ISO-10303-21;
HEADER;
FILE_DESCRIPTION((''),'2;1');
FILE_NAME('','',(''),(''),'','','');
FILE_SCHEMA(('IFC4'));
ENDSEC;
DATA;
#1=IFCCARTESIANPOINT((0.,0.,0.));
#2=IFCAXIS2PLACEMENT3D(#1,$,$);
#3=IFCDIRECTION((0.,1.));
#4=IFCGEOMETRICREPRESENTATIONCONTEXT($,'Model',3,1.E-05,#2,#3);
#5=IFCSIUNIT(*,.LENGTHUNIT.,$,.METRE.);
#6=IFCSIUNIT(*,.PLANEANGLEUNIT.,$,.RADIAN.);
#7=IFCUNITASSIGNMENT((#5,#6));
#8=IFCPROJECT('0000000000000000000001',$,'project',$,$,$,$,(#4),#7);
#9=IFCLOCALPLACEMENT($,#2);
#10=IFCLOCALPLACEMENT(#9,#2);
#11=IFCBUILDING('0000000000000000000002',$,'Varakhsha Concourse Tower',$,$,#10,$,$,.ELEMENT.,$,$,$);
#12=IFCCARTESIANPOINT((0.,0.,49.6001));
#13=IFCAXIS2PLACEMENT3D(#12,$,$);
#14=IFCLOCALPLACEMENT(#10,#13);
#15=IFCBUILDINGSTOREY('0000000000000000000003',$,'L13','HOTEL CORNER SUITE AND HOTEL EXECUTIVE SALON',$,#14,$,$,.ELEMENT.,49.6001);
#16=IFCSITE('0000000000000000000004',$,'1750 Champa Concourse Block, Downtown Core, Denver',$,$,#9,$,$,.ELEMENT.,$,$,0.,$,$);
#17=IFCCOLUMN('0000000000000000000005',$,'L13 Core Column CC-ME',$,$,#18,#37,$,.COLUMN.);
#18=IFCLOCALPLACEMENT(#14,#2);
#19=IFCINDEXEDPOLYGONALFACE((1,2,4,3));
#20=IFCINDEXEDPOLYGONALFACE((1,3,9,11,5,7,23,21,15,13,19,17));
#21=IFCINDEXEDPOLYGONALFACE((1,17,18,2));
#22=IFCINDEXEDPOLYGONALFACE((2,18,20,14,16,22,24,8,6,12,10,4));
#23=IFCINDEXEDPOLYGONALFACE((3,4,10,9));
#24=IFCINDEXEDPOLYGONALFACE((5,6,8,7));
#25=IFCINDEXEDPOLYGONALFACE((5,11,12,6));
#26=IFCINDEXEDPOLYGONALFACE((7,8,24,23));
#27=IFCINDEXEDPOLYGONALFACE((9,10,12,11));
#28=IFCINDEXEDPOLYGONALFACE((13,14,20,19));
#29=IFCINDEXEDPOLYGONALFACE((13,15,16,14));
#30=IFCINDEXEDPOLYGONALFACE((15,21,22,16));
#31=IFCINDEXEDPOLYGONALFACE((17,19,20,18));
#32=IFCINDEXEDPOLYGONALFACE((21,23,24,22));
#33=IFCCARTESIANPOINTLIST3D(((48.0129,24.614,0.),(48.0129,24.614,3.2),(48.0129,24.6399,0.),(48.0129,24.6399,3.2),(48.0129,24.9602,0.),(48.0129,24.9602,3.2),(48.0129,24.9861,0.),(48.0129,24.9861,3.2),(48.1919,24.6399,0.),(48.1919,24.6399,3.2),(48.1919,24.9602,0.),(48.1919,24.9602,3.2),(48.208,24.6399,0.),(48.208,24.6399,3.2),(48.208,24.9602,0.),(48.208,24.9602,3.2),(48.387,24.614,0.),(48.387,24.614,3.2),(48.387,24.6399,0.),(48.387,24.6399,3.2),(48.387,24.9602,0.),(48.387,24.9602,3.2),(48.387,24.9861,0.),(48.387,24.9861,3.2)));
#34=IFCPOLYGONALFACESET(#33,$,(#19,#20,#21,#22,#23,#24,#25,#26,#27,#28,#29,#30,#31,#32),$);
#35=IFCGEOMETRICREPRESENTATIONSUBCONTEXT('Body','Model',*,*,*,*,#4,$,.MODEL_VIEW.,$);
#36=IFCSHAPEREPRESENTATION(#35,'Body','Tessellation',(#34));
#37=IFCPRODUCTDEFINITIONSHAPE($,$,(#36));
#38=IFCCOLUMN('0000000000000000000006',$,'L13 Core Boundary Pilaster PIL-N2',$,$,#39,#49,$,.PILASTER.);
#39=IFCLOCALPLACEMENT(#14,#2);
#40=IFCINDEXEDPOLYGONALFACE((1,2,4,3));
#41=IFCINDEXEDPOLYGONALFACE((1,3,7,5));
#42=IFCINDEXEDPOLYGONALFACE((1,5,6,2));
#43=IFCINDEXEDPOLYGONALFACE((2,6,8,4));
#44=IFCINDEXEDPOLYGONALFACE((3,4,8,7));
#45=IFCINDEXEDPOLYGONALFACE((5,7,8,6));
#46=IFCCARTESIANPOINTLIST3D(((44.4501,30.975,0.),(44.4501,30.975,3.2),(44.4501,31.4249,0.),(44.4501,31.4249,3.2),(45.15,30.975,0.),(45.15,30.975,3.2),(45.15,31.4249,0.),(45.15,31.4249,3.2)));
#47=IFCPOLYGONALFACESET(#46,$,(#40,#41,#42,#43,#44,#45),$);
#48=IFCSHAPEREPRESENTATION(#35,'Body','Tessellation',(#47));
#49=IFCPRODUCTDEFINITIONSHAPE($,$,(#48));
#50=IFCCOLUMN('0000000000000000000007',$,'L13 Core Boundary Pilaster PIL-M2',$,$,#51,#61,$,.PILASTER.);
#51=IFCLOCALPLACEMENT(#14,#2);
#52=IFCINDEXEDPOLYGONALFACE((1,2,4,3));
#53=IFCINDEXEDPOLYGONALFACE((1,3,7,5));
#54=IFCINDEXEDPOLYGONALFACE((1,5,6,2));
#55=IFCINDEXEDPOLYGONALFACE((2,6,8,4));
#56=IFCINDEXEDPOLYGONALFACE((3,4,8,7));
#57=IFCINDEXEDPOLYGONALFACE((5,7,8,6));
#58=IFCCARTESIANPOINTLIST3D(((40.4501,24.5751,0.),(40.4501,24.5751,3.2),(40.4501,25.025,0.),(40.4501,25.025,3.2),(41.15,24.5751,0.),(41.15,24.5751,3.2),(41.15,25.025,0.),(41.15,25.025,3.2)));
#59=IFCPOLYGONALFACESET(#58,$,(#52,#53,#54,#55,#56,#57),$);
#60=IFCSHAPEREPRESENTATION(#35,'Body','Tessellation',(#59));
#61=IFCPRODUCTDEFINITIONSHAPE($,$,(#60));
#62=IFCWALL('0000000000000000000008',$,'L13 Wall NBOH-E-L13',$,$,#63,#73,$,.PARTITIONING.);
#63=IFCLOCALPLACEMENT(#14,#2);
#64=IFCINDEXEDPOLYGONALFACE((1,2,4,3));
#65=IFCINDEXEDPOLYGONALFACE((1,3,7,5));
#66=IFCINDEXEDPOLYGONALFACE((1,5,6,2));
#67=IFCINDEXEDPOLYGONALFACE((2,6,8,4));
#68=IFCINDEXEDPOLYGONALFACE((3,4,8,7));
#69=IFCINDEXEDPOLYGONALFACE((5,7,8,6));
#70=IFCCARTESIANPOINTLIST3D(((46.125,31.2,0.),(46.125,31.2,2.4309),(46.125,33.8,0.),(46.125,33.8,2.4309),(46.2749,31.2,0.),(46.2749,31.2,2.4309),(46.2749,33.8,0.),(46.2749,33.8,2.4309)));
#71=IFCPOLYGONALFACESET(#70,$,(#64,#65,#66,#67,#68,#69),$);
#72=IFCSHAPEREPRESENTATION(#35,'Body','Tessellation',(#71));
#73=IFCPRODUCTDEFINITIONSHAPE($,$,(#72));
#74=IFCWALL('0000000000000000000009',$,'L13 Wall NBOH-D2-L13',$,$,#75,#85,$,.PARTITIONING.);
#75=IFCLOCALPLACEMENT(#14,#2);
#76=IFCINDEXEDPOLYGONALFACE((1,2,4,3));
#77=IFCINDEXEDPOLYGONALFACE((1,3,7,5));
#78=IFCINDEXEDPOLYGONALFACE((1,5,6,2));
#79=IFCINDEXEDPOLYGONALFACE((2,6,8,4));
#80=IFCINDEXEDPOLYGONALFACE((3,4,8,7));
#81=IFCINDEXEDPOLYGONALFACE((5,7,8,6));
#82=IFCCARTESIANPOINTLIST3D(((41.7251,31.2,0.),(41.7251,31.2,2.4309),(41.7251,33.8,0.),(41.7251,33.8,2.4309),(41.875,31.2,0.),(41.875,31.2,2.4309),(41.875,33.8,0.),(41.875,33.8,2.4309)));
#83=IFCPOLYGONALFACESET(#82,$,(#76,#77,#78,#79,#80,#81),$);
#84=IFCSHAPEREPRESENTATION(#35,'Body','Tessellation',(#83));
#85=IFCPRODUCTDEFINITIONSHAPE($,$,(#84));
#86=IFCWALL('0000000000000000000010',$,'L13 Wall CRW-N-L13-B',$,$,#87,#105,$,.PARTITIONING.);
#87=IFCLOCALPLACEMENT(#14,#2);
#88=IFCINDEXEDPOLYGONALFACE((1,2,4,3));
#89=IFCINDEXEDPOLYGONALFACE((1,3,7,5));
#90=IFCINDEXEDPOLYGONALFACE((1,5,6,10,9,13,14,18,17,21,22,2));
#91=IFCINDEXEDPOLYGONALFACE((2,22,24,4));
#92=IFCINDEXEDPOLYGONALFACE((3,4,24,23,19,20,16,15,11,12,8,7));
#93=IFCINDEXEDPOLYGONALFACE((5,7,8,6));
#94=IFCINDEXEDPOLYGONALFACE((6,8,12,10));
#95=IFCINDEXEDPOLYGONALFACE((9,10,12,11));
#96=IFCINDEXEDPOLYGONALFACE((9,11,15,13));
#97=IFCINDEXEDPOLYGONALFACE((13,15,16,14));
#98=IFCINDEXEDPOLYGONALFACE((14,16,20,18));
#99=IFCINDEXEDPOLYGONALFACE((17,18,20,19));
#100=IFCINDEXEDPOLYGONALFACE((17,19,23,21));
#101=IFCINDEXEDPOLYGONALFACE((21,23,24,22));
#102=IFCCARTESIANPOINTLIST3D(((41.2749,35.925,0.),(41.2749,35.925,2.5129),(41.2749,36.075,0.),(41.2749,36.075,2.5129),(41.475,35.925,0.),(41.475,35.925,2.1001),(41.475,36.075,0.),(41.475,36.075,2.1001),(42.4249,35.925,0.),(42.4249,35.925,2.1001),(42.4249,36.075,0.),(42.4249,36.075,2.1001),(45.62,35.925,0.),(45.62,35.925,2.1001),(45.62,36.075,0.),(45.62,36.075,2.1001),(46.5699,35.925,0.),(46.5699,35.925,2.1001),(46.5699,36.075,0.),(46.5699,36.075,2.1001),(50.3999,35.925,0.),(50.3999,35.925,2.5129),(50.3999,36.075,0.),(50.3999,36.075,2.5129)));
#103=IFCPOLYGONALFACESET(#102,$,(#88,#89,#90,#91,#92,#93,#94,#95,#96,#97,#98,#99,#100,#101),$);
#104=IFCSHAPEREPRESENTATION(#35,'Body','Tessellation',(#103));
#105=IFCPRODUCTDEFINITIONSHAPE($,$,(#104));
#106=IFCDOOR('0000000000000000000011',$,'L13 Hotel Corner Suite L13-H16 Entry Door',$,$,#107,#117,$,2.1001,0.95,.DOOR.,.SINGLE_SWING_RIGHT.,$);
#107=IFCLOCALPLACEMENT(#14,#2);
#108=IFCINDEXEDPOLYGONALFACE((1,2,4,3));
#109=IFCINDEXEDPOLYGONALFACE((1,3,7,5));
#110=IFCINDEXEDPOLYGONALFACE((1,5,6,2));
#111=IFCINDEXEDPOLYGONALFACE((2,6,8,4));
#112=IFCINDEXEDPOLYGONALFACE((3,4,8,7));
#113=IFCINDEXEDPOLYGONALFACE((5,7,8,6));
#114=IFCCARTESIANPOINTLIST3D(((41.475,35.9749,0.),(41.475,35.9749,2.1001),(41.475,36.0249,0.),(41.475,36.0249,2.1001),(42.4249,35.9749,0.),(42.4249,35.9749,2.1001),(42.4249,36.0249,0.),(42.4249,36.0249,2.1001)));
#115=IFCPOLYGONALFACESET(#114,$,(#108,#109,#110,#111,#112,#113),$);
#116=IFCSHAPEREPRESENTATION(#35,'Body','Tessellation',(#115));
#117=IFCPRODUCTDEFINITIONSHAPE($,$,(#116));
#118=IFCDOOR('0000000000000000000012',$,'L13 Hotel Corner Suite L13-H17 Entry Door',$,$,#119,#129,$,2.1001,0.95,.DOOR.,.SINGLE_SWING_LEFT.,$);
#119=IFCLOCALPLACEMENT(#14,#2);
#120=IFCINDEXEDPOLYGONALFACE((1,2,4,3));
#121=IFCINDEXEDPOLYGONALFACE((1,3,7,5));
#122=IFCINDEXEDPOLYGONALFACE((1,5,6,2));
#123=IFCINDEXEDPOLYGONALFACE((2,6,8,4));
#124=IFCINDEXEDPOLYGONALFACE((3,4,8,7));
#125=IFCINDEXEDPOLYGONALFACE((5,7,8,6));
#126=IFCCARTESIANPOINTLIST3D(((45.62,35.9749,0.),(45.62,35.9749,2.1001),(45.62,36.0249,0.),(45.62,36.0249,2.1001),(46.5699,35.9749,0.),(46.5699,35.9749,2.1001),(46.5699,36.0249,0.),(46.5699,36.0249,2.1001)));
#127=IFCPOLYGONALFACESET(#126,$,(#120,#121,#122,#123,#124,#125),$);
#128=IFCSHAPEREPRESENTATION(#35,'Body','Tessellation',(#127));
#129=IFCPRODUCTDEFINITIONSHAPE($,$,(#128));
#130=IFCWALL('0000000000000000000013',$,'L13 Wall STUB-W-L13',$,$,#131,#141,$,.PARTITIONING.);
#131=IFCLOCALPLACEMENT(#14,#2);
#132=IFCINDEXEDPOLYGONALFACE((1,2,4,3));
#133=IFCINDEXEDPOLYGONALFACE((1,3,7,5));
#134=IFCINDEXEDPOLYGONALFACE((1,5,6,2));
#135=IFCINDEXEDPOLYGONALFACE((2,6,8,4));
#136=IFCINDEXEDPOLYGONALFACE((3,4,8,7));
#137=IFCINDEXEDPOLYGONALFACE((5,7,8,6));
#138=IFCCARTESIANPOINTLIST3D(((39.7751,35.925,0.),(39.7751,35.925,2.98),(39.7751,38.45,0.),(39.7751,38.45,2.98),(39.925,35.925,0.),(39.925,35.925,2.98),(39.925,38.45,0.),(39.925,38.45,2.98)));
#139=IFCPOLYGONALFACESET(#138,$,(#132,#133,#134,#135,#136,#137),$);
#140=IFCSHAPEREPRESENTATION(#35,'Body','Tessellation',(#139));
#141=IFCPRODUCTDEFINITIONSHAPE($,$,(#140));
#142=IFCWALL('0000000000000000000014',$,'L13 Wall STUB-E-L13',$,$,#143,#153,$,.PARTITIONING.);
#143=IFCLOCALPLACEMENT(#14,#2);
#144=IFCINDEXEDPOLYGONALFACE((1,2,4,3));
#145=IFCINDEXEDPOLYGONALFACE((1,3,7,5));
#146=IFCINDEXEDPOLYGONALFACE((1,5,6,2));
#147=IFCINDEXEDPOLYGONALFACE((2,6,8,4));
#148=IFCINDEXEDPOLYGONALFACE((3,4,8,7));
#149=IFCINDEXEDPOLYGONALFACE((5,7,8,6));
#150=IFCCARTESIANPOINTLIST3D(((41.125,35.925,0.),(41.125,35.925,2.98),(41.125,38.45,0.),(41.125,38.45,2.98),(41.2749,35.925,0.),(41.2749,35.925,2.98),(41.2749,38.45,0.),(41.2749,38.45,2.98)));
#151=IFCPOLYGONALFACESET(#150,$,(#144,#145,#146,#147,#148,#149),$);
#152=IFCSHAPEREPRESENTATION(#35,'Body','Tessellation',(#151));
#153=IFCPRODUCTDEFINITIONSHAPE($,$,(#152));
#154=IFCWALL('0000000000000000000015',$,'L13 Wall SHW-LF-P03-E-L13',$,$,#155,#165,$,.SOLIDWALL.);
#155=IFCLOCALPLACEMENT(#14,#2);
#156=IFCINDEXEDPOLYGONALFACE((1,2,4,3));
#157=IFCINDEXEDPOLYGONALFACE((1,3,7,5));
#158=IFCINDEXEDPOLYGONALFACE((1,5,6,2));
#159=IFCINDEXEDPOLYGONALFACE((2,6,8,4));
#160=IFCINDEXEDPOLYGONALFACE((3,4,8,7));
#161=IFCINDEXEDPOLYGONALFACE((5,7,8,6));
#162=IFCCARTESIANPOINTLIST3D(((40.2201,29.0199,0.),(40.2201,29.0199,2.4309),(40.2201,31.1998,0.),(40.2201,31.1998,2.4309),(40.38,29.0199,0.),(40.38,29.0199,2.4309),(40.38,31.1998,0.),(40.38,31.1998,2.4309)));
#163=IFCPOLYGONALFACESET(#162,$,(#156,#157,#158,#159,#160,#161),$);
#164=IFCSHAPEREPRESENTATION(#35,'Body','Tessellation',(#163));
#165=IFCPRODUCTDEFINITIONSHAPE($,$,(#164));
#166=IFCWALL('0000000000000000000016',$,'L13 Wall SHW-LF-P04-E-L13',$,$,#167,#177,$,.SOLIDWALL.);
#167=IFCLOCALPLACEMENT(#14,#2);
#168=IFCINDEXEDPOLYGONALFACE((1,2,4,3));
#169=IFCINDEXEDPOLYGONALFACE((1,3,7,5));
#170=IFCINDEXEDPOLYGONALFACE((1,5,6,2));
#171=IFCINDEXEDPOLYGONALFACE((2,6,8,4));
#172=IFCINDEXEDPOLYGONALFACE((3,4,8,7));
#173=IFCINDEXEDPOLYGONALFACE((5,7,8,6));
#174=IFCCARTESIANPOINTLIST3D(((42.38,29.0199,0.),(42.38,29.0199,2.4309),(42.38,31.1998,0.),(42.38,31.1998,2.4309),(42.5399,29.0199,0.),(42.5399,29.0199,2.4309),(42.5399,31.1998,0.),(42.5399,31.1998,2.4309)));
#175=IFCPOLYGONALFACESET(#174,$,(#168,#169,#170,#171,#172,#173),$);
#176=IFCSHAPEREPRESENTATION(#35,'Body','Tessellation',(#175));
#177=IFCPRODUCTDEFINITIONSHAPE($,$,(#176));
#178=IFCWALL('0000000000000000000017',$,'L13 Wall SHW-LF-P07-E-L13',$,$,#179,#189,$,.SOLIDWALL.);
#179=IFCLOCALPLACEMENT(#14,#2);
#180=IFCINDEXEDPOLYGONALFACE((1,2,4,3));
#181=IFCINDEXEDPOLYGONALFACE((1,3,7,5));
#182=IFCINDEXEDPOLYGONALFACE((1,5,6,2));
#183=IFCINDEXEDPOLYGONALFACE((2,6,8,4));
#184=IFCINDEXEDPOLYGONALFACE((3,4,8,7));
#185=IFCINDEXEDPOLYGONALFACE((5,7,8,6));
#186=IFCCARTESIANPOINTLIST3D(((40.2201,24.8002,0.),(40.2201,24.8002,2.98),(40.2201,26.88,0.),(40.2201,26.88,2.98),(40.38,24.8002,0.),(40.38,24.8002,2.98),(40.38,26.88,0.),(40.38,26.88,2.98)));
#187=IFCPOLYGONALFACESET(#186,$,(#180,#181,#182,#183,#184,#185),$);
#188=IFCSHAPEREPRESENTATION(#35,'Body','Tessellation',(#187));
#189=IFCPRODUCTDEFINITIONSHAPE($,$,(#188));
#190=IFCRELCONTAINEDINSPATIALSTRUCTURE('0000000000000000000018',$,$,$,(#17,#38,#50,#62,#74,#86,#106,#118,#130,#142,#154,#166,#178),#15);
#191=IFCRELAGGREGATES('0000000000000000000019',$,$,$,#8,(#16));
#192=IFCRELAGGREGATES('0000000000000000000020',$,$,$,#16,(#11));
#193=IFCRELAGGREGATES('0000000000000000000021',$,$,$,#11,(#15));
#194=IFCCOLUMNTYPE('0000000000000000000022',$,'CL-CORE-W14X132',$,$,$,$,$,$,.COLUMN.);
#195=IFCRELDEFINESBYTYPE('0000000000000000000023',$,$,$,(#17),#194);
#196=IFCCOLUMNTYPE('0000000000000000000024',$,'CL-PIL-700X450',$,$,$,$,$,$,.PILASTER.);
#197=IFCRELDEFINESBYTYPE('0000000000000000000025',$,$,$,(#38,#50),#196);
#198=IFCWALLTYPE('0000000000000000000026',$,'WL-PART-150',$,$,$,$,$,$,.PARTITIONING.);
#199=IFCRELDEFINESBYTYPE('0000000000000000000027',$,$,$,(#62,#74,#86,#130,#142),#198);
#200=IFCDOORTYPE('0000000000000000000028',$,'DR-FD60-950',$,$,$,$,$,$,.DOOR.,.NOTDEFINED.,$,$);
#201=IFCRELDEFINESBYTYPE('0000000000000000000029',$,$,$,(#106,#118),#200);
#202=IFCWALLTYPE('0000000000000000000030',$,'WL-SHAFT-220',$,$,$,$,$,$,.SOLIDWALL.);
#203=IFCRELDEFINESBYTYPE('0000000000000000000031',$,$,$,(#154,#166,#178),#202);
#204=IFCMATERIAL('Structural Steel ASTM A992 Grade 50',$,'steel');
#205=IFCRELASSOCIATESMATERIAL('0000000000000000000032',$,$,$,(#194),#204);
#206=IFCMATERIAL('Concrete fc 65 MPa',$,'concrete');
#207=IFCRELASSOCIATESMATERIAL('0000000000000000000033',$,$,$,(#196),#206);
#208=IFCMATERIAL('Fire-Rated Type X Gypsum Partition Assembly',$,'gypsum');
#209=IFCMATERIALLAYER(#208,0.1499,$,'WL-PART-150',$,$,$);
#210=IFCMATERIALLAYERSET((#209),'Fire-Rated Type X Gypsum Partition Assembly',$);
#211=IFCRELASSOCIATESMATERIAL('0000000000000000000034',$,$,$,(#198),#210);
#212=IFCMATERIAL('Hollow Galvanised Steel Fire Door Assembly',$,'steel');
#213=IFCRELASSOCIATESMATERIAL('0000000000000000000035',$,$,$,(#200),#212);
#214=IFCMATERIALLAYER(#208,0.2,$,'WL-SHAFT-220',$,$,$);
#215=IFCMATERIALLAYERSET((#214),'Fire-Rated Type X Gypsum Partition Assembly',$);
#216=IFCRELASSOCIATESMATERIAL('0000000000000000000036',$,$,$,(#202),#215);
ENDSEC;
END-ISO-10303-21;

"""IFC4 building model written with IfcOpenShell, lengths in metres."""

from ifc_helpers import new_model, si_unit, direction, frame, frame_2d, origin, origin_2d, place, context, subcontext, project, spatial, rectangle, i_section, extrude, material, layer, layer_set, material_profile, profile_set, type_object, element, fill, save


model = new_model("IFC4")

# Units and contexts
model_context = context("Model", 3, precision=1e-05, world=origin(), true_north=direction((0.0, 1.0)))
body_context = subcontext(model_context, "Body", "Model", "MODEL_VIEW")
ifc_project = project(units=[si_unit("LENGTHUNIT", "METRE"), si_unit("PLANEANGLEUNIT", "RADIAN")], contexts=[model_context])

# Site, building, storey
site_placement = place(None, origin())
site = spatial("IfcSite", under=ifc_project, at=site_placement, Name="1750 Champa Concourse Block, Downtown Core, Denver", CompositionType="ELEMENT", RefElevation=0.0)
building_placement = place(site_placement, origin())
building = spatial("IfcBuilding", under=site, at=building_placement, Name="Varakhsha Concourse Tower", CompositionType="ELEMENT")
storey_placement = place(building_placement, frame((0.0, 0.0, 49.6001)))
storey = spatial("IfcBuildingStorey", under=building, at=storey_placement, Name="L13", Description="HOTEL CORNER SUITE AND HOTEL EXECUTIVE SALON", CompositionType="ELEMENT", Elevation=49.6001)

# Columns
ifc_material_1 = material(Name="Structural Steel ASTM A992 Grade 50", Category="steel")
ifc_material_profile_1 = material_profile(ifc_material_1, i_section(OverallWidth=0.374, OverallDepth=0.3721, WebThickness=0.0161, FlangeThickness=0.0259, at=origin_2d()), Name="W14X132")
ifc_profile_set_1 = profile_set([ifc_material_profile_1], Name="Structural Steel ASTM A992 Grade 50")
column_type_1 = type_object("IfcColumnType", Name="CL-CORE-W14X132", PredefinedType="COLUMN", material=ifc_profile_set_1)
column_placement = place(storey_placement, frame((48.2, 24.8, 0.0), z_axis=(0.0, 0.0, 1.0), x_axis=(1.0, 0.0, 0.0)))
element("IfcColumn", 1, at=column_placement, inside=storey, type_object=column_type_1, Name="L13 Core Column CC-ME", PredefinedType="COLUMN", context=body_context, shape_type="SweptSolid", body=[
    extrude(i_section(OverallWidth=0.374, OverallDepth=0.3721, WebThickness=0.0161, FlangeThickness=0.0259, at=origin_2d()), origin(), (0.0, 0.0, 1.0), 3.2),
])
ifc_material_2 = material(Name="Concrete fc 65 MPa", Category="concrete")
ifc_material_profile_2 = material_profile(ifc_material_2, rectangle(XDim=0.7, YDim=0.45, at=origin_2d()), Name="RC 700x450")
ifc_profile_set_2 = profile_set([ifc_material_profile_2], Name="Concrete fc 65 MPa")
column_type_2 = type_object("IfcColumnType", Name="CL-PIL-700X450", PredefinedType="PILASTER", material=ifc_profile_set_2)
for number, where, z_axis, x_axis, name in (
    (2, (44.8, 31.2, 0.0), (0.0, 0.0, 1.0), (1.0, 0.0, 0.0), "L13 Core Boundary Pilaster PIL-N2"),
    (3, (40.8, 24.8, 0.0), (0.0, 0.0, 1.0), (1.0, 0.0, 0.0), "L13 Core Boundary Pilaster PIL-M2"),
):
    element("IfcColumn", number, at=place(storey_placement, frame(where, z_axis=z_axis, x_axis=x_axis)), inside=storey, type_object=column_type_2, Name=name, PredefinedType="PILASTER", context=body_context, shape_type="SweptSolid", body=[
        extrude(rectangle(XDim=0.7, YDim=0.45, at=origin_2d()), origin(), (0.0, 0.0, 1.0), 3.2),
    ])

# Walls
ifc_material_3 = material(Name="Fire-Rated Type X Gypsum Partition Assembly", Category="gypsum")
ifc_layer_1 = layer(ifc_material_3, 0.1499, Name="WL-PART-150")
ifc_layer_set_1 = layer_set([ifc_layer_1], Name="Fire-Rated Type X Gypsum Partition Assembly")
wall_type_1 = type_object("IfcWallType", Name="WL-PART-150", PredefinedType="PARTITIONING", material=ifc_layer_set_1)
for number, where, z_axis, x_axis, name in (
    (4, (46.2, 31.2, 0.0), (0.0, 0.0, 1.0), (0.0, 1.0, 0.0), "L13 Wall NBOH-E-L13"),
    (5, (41.8, 31.2, 0.0), (0.0, 0.0, 1.0), (0.0, 1.0, 0.0), "L13 Wall NBOH-D2-L13"),
):
    element("IfcWall", number, at=place(storey_placement, frame(where, z_axis=z_axis, x_axis=x_axis)), inside=storey, type_object=wall_type_1, Name=name, PredefinedType="PARTITIONING", context=body_context, shape_type="SweptSolid", body=[
        extrude(rectangle(XDim=2.6001, YDim=0.1499, at=frame_2d((1.3, 0.0))), origin(), (0.0, 0.0, 1.0), 2.4309),
    ])

# Wall, openings, doors
wall_placement = place(storey_placement, frame((41.2749, 36.0, 0.0), z_axis=(0.0, 0.0, 1.0), x_axis=(1.0, 0.0, 0.0)))
wall = element("IfcWall", 6, at=wall_placement, inside=storey, type_object=wall_type_1, Name="L13 Wall CRW-N-L13-B", PredefinedType="PARTITIONING", context=body_context, shape_type="SweptSolid", body=[
    extrude(rectangle(XDim=9.125, YDim=0.1499, at=frame_2d((4.5625, 0.0))), origin(), (0.0, 0.0, 1.0), 2.5129),
])
opening_1_placement = place(wall_placement, frame((0.2, 0.0, 0.0)))
opening_1 = element("IfcOpeningElement", 7, at=opening_1_placement, cuts=wall, PredefinedType="OPENING", context=body_context, shape_type="SweptSolid", body=[
    extrude(rectangle(XDim=0.95, YDim=2.1001, at=frame_2d((0.4751, 1.05))), frame((0.0, 0.085, 0.0), z_axis=(0.0, -1.0, 0.0), x_axis=(1.0, 0.0, 0.0)), (0.0, 0.0, 1.0), 0.1699),
])
opening_2_placement = place(wall_placement, frame((4.345, 0.0, 0.0)))
opening_2 = element("IfcOpeningElement", 8, at=opening_2_placement, cuts=wall, PredefinedType="OPENING", context=body_context, shape_type="SweptSolid", body=[
    extrude(rectangle(XDim=0.95, YDim=2.1001, at=frame_2d((0.4751, 1.05))), frame((0.0, 0.085, 0.0), z_axis=(0.0, -1.0, 0.0), x_axis=(1.0, 0.0, 0.0)), (0.0, 0.0, 1.0), 0.1699),
])
ifc_material_4 = material(Name="Hollow Galvanised Steel Fire Door Assembly", Category="steel")
door_type = type_object("IfcDoorType", Name="DR-FD60-950", OperationType="NOTDEFINED", PredefinedType="DOOR", material=ifc_material_4)
door_1_placement = place(opening_1_placement, origin())
door_1 = element("IfcDoor", 9, at=door_1_placement, inside=storey, type_object=door_type, Name="L13 Hotel Corner Suite L13-H16 Entry Door", OperationType="SINGLE_SWING_RIGHT", OverallHeight=2.1001, OverallWidth=0.95, PredefinedType="DOOR", context=body_context, shape_type="SweptSolid", body=[
    extrude(rectangle(XDim=0.95, YDim=2.1001, at=frame_2d((0.4751, 1.05))), frame((0.0, 0.0249, 0.0), z_axis=(0.0, -1.0, 0.0), x_axis=(1.0, 0.0, 0.0)), (0.0, 0.0, 1.0), 0.05),
])
fill(opening_1, door_1)
door_2_placement = place(opening_2_placement, origin())
door_2 = element("IfcDoor", 10, at=door_2_placement, inside=storey, type_object=door_type, Name="L13 Hotel Corner Suite L13-H17 Entry Door", OperationType="SINGLE_SWING_LEFT", OverallHeight=2.1001, OverallWidth=0.95, PredefinedType="DOOR", context=body_context, shape_type="SweptSolid", body=[
    extrude(rectangle(XDim=0.95, YDim=2.1001, at=frame_2d((0.4751, 1.05))), frame((0.0, 0.0249, 0.0), z_axis=(0.0, -1.0, 0.0), x_axis=(1.0, 0.0, 0.0)), (0.0, 0.0, 1.0), 0.05),
])
fill(opening_2, door_2)

# Walls
for number, where, z_axis, x_axis, name in (
    (11, (39.8501, 35.925, 0.0), (0.0, 0.0, 1.0), (0.0, 1.0, 0.0), "L13 Wall STUB-W-L13"),
    (12, (41.2, 35.925, 0.0), (0.0, 0.0, 1.0), (0.0, 1.0, 0.0), "L13 Wall STUB-E-L13"),
):
    element("IfcWall", number, at=place(storey_placement, frame(where, z_axis=z_axis, x_axis=x_axis)), inside=storey, type_object=wall_type_1, Name=name, PredefinedType="PARTITIONING", context=body_context, shape_type="SweptSolid", body=[
        extrude(rectangle(XDim=2.5249, YDim=0.1499, at=frame_2d((1.2625, 0.0))), origin(), (0.0, 0.0, 1.0), 2.98),
    ])
ifc_layer_2 = layer(ifc_material_3, 0.2, Name="WL-SHAFT-220")
ifc_layer_set_2 = layer_set([ifc_layer_2], Name="Fire-Rated Type X Gypsum Partition Assembly")
wall_type_2 = type_object("IfcWallType", Name="WL-SHAFT-220", PredefinedType="SOLIDWALL", material=ifc_layer_set_2)
for number, where, z_axis, x_axis, name in (
    (13, (40.3, 29.02, 0.0), (0.0, 0.0, 1.0), (0.0, 1.0, 0.0), "L13 Wall SHW-LF-P03-E-L13"),
    (14, (42.46, 29.02, 0.0), (0.0, 0.0, 1.0), (0.0, 1.0, 0.0), "L13 Wall SHW-LF-P04-E-L13"),
):
    element("IfcWall", number, at=place(storey_placement, frame(where, z_axis=z_axis, x_axis=x_axis)), inside=storey, type_object=wall_type_2, Name=name, PredefinedType="SOLIDWALL", context=body_context, shape_type="SweptSolid", body=[
        extrude(rectangle(XDim=2.1799, YDim=0.1599, at=frame_2d((1.0898, 0.0))), origin(), (0.0, 0.0, 1.0), 2.4309),
    ])
for number, where, z_axis, x_axis, name in (
    (15, (40.3, 24.8, 0.0), (0.0, 0.0, 1.0), (0.0, 1.0, 0.0), "L13 Wall SHW-LF-P07-E-L13"),
):
    element("IfcWall", number, at=place(storey_placement, frame(where, z_axis=z_axis, x_axis=x_axis)), inside=storey, type_object=wall_type_2, Name=name, PredefinedType="SOLIDWALL", context=body_context, shape_type="SweptSolid", body=[
        extrude(rectangle(XDim=2.0798, YDim=0.1599, at=frame_2d((1.04, 0.0))), origin(), (0.0, 0.0, 1.0), 2.98),
    ])

save(model, "model.ifc")
